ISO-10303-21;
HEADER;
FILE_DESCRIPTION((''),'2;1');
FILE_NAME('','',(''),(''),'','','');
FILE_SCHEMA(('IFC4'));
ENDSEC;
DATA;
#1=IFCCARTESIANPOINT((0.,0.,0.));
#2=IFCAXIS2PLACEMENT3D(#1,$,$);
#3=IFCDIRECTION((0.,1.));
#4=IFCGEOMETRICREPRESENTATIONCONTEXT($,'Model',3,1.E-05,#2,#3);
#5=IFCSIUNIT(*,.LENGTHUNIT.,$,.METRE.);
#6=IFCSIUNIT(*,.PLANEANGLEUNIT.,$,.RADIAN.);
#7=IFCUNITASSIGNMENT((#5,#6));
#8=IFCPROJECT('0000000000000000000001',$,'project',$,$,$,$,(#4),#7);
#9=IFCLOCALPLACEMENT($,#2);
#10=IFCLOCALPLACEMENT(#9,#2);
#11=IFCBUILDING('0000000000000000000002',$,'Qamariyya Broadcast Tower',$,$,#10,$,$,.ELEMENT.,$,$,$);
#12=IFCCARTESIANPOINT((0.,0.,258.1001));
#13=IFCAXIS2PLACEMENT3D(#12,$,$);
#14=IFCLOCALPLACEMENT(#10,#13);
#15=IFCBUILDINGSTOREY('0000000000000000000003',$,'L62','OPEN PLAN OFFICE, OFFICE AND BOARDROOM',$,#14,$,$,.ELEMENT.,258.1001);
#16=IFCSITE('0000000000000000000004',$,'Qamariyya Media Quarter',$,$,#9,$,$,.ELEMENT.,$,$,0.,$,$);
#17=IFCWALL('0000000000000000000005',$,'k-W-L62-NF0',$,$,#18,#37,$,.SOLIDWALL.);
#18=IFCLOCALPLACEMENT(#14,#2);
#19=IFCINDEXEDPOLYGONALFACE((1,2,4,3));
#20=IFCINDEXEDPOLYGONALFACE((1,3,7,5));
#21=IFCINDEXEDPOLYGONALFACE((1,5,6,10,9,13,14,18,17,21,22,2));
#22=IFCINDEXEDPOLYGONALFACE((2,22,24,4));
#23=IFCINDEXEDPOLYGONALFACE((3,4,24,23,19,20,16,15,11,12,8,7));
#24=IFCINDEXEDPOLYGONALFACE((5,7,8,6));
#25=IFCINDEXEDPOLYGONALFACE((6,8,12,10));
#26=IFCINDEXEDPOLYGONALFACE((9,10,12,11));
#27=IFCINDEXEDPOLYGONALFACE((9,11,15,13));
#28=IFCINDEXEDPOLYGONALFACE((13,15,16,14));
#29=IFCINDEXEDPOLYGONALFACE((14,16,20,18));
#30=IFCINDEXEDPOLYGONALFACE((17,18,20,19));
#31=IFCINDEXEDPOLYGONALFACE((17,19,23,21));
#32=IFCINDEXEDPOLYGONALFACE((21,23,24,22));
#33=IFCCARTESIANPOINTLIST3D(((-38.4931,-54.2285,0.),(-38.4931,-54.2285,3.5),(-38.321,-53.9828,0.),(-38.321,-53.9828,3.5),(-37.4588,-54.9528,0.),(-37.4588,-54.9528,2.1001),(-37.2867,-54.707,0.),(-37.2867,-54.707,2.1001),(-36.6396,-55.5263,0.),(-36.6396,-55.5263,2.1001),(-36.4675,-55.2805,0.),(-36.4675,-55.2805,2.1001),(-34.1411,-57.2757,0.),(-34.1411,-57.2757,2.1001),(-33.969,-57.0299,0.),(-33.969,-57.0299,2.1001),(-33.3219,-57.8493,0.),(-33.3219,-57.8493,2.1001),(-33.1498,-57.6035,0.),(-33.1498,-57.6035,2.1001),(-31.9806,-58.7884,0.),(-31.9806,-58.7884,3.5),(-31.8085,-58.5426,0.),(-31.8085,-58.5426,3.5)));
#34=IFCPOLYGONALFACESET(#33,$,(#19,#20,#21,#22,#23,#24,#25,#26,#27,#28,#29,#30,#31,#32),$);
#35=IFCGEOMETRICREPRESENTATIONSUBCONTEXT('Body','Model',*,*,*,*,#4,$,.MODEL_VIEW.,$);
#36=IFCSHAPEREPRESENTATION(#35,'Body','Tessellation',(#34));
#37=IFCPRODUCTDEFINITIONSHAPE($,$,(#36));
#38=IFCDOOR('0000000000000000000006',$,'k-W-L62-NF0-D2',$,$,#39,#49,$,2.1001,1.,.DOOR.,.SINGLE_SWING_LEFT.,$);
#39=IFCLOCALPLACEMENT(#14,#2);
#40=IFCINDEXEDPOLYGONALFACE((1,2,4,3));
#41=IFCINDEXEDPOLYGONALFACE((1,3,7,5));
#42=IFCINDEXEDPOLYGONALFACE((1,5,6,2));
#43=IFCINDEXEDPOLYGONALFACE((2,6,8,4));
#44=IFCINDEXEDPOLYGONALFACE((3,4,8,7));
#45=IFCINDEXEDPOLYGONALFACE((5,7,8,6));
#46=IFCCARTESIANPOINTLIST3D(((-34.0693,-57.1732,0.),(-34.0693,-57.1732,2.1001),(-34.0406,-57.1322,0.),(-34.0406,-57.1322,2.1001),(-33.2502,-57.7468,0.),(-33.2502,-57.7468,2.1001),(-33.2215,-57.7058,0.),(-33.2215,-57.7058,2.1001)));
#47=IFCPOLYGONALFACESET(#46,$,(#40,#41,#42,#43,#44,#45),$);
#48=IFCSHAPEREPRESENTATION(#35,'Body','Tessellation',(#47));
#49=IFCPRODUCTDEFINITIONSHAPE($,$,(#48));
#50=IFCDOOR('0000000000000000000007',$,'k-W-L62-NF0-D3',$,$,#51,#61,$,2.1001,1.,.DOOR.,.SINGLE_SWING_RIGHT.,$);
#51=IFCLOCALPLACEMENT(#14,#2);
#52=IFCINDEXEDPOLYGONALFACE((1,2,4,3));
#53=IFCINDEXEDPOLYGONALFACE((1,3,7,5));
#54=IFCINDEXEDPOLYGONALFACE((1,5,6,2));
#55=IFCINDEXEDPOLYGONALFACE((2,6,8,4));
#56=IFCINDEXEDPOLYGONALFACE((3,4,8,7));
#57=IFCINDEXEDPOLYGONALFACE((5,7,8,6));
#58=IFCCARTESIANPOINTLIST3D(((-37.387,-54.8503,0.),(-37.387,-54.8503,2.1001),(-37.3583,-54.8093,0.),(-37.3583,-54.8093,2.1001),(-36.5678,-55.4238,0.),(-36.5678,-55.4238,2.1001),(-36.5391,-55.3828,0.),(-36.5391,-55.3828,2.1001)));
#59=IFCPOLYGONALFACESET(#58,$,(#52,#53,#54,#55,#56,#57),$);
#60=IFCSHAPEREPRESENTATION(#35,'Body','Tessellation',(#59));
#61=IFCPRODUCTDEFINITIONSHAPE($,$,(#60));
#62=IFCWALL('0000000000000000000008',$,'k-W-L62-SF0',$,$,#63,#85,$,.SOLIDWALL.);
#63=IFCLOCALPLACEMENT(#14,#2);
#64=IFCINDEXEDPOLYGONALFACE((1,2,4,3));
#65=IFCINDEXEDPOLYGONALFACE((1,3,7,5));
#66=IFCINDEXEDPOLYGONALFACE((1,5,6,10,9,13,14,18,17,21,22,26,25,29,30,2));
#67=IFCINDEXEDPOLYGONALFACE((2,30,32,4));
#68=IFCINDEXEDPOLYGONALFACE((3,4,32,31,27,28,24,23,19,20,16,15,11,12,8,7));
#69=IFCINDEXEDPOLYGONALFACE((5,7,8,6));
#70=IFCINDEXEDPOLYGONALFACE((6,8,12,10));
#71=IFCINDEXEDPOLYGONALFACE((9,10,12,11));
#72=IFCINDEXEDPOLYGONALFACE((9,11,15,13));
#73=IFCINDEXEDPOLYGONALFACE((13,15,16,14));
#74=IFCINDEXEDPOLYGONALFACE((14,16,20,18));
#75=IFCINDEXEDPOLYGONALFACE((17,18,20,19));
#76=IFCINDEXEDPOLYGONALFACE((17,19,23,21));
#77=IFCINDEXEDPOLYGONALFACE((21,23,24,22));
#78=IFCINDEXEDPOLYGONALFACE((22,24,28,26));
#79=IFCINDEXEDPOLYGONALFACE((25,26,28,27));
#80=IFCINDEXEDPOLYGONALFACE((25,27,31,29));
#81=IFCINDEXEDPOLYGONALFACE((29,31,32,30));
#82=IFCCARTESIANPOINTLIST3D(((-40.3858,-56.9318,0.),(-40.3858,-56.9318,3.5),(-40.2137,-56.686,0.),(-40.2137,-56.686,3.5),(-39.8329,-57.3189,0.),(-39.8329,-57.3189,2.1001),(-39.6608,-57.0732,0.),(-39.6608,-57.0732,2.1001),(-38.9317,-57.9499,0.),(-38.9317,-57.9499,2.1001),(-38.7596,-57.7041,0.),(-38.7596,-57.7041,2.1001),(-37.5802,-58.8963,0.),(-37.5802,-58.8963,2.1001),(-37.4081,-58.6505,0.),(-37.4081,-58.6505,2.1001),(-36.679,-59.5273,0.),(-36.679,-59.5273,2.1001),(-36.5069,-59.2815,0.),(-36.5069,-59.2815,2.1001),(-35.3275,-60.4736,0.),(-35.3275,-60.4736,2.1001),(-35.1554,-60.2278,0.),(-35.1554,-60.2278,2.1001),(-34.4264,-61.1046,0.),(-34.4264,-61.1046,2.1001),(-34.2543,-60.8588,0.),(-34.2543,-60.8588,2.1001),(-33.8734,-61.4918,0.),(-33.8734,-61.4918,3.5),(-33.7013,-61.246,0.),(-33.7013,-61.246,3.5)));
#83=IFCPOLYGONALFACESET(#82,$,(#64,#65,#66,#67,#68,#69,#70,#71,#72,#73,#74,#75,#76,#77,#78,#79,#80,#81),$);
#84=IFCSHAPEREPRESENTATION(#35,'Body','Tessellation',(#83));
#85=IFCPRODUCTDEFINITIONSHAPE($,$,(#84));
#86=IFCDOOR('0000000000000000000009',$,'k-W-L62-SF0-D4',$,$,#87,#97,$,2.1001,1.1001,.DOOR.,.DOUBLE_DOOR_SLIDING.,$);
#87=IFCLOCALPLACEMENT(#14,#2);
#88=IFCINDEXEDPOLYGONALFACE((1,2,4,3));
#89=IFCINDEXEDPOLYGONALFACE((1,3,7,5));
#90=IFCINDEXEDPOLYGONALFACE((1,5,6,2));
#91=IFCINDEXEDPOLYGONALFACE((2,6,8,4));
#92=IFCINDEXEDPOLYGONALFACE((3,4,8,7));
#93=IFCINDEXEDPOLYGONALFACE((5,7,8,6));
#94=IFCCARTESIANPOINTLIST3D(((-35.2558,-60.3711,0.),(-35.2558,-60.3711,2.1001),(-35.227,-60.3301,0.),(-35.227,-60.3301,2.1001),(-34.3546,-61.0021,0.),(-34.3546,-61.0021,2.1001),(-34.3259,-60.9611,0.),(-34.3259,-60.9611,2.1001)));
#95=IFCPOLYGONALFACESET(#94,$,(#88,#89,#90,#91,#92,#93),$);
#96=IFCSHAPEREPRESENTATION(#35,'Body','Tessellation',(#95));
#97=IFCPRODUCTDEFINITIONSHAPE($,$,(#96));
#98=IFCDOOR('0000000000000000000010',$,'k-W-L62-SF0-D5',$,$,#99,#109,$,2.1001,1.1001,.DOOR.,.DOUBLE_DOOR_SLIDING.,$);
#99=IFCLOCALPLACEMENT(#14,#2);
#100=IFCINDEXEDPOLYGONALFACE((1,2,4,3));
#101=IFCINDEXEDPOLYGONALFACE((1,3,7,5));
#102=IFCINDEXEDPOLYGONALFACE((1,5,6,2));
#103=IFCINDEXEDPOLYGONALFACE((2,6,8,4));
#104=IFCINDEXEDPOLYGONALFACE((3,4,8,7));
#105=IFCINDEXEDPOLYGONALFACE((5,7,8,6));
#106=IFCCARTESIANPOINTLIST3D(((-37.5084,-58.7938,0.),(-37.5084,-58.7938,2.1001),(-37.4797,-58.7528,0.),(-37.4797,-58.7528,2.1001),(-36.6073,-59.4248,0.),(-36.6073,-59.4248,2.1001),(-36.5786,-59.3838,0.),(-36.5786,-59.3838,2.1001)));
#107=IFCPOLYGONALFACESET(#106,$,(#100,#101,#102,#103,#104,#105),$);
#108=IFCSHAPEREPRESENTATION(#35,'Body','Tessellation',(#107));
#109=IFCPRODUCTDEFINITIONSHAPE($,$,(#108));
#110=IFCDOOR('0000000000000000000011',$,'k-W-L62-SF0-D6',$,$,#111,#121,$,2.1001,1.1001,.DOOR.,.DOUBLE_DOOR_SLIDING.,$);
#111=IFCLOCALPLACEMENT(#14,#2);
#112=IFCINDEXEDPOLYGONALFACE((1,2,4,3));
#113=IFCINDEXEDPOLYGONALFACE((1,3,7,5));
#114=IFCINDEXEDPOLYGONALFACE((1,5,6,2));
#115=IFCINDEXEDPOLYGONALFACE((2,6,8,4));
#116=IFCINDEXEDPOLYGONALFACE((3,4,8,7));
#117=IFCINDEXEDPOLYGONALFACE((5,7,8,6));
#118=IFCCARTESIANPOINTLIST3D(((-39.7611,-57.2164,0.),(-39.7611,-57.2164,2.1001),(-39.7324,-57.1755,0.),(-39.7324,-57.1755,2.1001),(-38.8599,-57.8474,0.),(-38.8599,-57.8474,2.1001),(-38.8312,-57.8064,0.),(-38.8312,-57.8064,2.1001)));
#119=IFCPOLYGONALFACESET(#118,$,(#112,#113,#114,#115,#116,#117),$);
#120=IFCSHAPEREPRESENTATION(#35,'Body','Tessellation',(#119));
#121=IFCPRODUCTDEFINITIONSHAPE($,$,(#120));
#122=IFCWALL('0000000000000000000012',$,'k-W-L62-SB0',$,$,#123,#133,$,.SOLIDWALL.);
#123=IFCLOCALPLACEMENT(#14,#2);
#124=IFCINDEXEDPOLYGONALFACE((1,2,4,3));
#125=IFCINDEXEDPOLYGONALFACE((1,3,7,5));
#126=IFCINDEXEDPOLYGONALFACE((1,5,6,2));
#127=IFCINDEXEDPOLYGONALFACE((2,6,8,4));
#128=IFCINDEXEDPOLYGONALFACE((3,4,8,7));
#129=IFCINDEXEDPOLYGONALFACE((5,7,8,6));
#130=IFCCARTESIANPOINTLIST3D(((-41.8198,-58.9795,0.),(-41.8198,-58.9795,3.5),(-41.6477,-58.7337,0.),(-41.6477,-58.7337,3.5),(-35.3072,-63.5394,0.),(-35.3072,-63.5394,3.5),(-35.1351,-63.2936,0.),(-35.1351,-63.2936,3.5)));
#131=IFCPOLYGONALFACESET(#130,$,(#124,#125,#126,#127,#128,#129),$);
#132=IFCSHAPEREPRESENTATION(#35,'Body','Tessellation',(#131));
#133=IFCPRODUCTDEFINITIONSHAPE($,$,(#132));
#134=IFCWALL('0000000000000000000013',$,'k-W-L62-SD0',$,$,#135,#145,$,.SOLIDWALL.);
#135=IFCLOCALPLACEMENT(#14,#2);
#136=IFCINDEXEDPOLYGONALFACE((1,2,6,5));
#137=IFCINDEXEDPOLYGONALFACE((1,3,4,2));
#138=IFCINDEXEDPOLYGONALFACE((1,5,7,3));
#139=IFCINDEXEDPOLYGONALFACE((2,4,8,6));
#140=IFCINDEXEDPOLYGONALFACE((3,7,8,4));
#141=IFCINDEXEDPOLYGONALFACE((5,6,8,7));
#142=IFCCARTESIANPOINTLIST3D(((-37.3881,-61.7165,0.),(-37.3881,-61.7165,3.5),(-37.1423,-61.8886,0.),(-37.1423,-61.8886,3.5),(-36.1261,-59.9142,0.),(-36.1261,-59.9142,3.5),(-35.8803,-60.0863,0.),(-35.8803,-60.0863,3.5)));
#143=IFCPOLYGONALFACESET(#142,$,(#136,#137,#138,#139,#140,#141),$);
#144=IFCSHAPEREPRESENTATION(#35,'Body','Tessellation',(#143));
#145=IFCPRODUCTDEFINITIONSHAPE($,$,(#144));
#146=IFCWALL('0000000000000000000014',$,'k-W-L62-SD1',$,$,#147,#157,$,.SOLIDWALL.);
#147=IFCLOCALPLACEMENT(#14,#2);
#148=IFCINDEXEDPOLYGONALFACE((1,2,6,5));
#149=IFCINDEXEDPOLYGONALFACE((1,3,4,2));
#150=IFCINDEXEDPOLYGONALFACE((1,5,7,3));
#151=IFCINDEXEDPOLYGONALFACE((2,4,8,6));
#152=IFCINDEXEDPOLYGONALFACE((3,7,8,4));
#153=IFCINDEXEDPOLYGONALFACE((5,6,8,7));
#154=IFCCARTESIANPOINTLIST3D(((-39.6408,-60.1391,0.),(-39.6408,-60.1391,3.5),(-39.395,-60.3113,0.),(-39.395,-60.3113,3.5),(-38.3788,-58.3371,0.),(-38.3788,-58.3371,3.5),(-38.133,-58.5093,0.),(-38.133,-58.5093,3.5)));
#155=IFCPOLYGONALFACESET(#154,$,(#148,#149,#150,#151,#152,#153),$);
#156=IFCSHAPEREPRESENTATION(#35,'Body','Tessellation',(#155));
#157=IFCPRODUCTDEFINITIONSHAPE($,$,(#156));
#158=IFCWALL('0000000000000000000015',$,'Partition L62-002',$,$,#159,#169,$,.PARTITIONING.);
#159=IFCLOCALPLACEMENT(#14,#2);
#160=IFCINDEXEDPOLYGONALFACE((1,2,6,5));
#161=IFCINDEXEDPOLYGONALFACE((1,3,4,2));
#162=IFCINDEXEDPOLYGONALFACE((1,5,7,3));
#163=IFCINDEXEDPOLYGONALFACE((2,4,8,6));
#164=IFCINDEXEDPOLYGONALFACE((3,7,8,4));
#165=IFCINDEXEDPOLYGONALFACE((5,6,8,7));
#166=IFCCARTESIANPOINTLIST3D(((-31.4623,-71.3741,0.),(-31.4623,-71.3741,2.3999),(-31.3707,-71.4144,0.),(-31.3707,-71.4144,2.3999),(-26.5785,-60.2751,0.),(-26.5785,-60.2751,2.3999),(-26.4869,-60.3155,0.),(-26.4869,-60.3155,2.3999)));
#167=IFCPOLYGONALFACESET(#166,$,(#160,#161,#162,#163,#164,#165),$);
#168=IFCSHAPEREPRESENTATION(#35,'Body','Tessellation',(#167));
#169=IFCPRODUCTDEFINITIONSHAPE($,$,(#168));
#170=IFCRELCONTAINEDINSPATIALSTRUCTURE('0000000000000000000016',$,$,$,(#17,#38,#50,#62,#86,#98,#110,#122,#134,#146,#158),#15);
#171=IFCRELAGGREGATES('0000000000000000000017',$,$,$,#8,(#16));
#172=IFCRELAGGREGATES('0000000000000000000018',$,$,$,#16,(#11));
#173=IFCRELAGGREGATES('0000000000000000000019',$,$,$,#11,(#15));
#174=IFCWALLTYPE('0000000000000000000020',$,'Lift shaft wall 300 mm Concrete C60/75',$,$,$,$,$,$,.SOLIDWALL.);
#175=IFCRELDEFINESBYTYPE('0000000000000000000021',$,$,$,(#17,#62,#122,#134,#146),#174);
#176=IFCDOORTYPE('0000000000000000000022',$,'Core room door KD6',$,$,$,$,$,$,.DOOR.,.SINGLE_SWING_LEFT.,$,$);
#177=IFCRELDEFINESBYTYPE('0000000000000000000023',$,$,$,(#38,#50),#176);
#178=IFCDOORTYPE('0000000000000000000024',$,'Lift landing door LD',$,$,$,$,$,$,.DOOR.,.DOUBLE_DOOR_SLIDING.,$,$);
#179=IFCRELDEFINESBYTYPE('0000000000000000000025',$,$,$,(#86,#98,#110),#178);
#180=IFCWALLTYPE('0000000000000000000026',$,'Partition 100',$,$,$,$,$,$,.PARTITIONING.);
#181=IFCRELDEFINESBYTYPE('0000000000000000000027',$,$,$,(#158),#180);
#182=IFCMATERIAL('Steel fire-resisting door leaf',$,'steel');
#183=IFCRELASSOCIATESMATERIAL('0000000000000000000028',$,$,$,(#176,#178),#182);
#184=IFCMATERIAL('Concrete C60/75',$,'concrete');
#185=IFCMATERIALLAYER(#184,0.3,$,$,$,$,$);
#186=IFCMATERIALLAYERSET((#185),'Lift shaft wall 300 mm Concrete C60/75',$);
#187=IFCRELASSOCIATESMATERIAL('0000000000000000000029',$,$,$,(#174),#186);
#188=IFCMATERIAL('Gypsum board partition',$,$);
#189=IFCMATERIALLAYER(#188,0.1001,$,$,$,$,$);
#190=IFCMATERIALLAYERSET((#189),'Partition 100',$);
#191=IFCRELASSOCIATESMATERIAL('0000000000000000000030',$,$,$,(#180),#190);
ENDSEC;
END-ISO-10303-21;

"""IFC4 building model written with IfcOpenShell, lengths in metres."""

from ifc_helpers import new_model, si_unit, direction, frame, frame_2d, origin, place, context, subcontext, project, spatial, rectangle, extrude, material, layer, layer_set, type_object, element, fill, save


model = new_model("IFC4")

# Units and contexts
model_context = context("Model", 3, precision=1e-05, world=origin(), true_north=direction((0.0, 1.0)))
body_context = subcontext(model_context, "Body", "Model", "MODEL_VIEW")
ifc_project = project(units=[si_unit("LENGTHUNIT", "METRE"), si_unit("PLANEANGLEUNIT", "RADIAN")], contexts=[model_context])

# Site, building, storey
site_placement = place(None, origin())
site = spatial("IfcSite", under=ifc_project, at=site_placement, Name="Qamariyya Media Quarter", CompositionType="ELEMENT", RefElevation=0.0)
building_placement = place(site_placement, origin())
building = spatial("IfcBuilding", under=site, at=building_placement, Name="Qamariyya Broadcast Tower", CompositionType="ELEMENT")
storey_placement = place(building_placement, frame((0.0, 0.0, 258.1001)))
storey = spatial("IfcBuildingStorey", under=building, at=storey_placement, Name="L62", Description="OPEN PLAN OFFICE, OFFICE AND BOARDROOM", CompositionType="ELEMENT", Elevation=258.1001)

# Shared definitions
ifc_material_1 = material(Name="Concrete C60/75", Category="concrete")
ifc_material_2 = material(Name="Steel fire-resisting door leaf", Category="steel")

# Walls, openings, doors
door_type_1 = type_object("IfcDoorType", Name="Core room door KD6", OperationType="SINGLE_SWING_LEFT", PredefinedType="DOOR", material=ifc_material_2)
ifc_layer_1 = layer(ifc_material_1, 0.3)
ifc_layer_set_1 = layer_set([ifc_layer_1], Name="Lift shaft wall 300 mm Concrete C60/75")
wall_type_1 = type_object("IfcWallType", Name="Lift shaft wall 300 mm Concrete C60/75", PredefinedType="SOLIDWALL", material=ifc_layer_set_1)
wall_1_placement = place(storey_placement, frame((-31.8945, -58.6655, 0.0), z_axis=(0.0, 0.0, 1.0), x_axis=(-0.819167, 0.573555, 0.0)))
wall_1 = element("IfcWall", 1, at=wall_1_placement, inside=storey, type_object=wall_type_1, Name="k-W-L62-NF0", PredefinedType="SOLIDWALL", context=body_context, shape_type="SweptSolid", body=[
    extrude(rectangle(XDim=7.9502, YDim=0.3, at=frame_2d((3.9751, 0.0))), origin(), (0.0, 0.0, 1.0), 3.5),
])
opening_1_placement = place(wall_1_placement, frame((1.6375, 0.0, 0.0)))
opening_1 = element("IfcOpeningElement", 2, at=opening_1_placement, cuts=wall_1, PredefinedType="OPENING", context=body_context, shape_type="SweptSolid", body=[
    extrude(rectangle(XDim=1.0, YDim=2.1001, at=frame_2d((0.5, 1.05))), frame((0.0, 0.1599, 0.0), z_axis=(0.0, -1.0, 0.0), x_axis=(1.0, 0.0, 0.0)), (0.0, 0.0, 1.0), 0.3201),
])
opening_2_placement = place(wall_1_placement, frame((5.6875, 0.0, 0.0)))
opening_2 = element("IfcOpeningElement", 3, at=opening_2_placement, cuts=wall_1, PredefinedType="OPENING", context=body_context, shape_type="SweptSolid", body=[
    extrude(rectangle(XDim=1.0, YDim=2.1001, at=frame_2d((0.5, 1.05))), frame((0.0, 0.1599, 0.0), z_axis=(0.0, -1.0, 0.0), x_axis=(1.0, 0.0, 0.0)), (0.0, 0.0, 1.0), 0.3201),
])
door_1_placement = place(opening_1_placement, origin())
door_1 = element("IfcDoor", 4, at=door_1_placement, inside=storey, type_object=door_type_1, Name="k-W-L62-NF0-D2", OperationType="SINGLE_SWING_LEFT", OverallHeight=2.1001, OverallWidth=1.0, PredefinedType="DOOR", context=body_context, shape_type="SweptSolid", body=[
    extrude(rectangle(XDim=1.0, YDim=2.1001, at=frame_2d((0.5, 1.05))), frame((0.0, 0.0249, 0.0), z_axis=(0.0, -1.0, 0.0), x_axis=(1.0, 0.0, 0.0)), (0.0, 0.0, 1.0), 0.05),
])
fill(opening_1, door_1)
door_2_placement = place(opening_2_placement, origin())
door_2 = element("IfcDoor", 5, at=door_2_placement, inside=storey, type_object=door_type_1, Name="k-W-L62-NF0-D3", OperationType="SINGLE_SWING_RIGHT", OverallHeight=2.1001, OverallWidth=1.0, PredefinedType="DOOR", context=body_context, shape_type="SweptSolid", body=[
    extrude(rectangle(XDim=1.0, YDim=2.1001, at=frame_2d((0.5, 1.05))), frame((0.0, 0.0249, 0.0), z_axis=(0.0, -1.0, 0.0), x_axis=(1.0, 0.0, 0.0)), (0.0, 0.0, 1.0), 0.05),
])
fill(opening_2, door_2)
wall_2_placement = place(storey_placement, frame((-33.7874, -61.3689, 0.0), z_axis=(0.0, 0.0, 1.0), x_axis=(-0.819153, 0.573576, 0.0)))
wall_2 = element("IfcWall", 6, at=wall_2_placement, inside=storey, type_object=wall_type_1, Name="k-W-L62-SF0", PredefinedType="SOLIDWALL", context=body_context, shape_type="SweptSolid", body=[
    extrude(rectangle(XDim=7.9502, YDim=0.3, at=frame_2d((3.9751, 0.0))), origin(), (0.0, 0.0, 1.0), 3.5),
])
opening_3_placement = place(wall_2_placement, frame((0.675, 0.0, 0.0)))
opening_3 = element("IfcOpeningElement", 7, at=opening_3_placement, cuts=wall_2, PredefinedType="OPENING", context=body_context, shape_type="SweptSolid", body=[
    extrude(rectangle(XDim=1.1001, YDim=2.1001, at=frame_2d((0.55, 1.05))), frame((0.0, 0.1599, 0.0), z_axis=(0.0, -1.0, 0.0), x_axis=(1.0, 0.0, 0.0)), (0.0, 0.0, 1.0), 0.3201),
])
opening_4_placement = place(wall_2_placement, frame((3.425, 0.0, 0.0)))
opening_4 = element("IfcOpeningElement", 8, at=opening_4_placement, cuts=wall_2, PredefinedType="OPENING", context=body_context, shape_type="SweptSolid", body=[
    extrude(rectangle(XDim=1.1001, YDim=2.1001, at=frame_2d((0.55, 1.05))), frame((0.0, 0.1599, 0.0), z_axis=(0.0, -1.0, 0.0), x_axis=(1.0, 0.0, 0.0)), (0.0, 0.0, 1.0), 0.3201),
])
opening_5_placement = place(wall_2_placement, frame((6.175, 0.0, 0.0)))
opening_5 = element("IfcOpeningElement", 9, at=opening_5_placement, cuts=wall_2, PredefinedType="OPENING", context=body_context, shape_type="SweptSolid", body=[
    extrude(rectangle(XDim=1.1001, YDim=2.1001, at=frame_2d((0.55, 1.05))), frame((0.0, 0.1599, 0.0), z_axis=(0.0, -1.0, 0.0), x_axis=(1.0, 0.0, 0.0)), (0.0, 0.0, 1.0), 0.3201),
])
door_type_2 = type_object("IfcDoorType", Name="Lift landing door LD", OperationType="DOUBLE_DOOR_SLIDING", PredefinedType="DOOR", material=ifc_material_2)
door_3_placement = place(opening_3_placement, origin())
door_3 = element("IfcDoor", 10, at=door_3_placement, inside=storey, type_object=door_type_2, Name="k-W-L62-SF0-D4", OperationType="DOUBLE_DOOR_SLIDING", OverallHeight=2.1001, OverallWidth=1.1001, PredefinedType="DOOR", context=body_context, shape_type="SweptSolid", body=[
    extrude(rectangle(XDim=1.1001, YDim=2.1001, at=frame_2d((0.55, 1.05))), frame((0.0, 0.0249, 0.0), z_axis=(0.0, -1.0, 0.0), x_axis=(1.0, 0.0, 0.0)), (0.0, 0.0, 1.0), 0.05),
])
fill(opening_3, door_3)
door_4_placement = place(opening_4_placement, origin())
door_4 = element("IfcDoor", 11, at=door_4_placement, inside=storey, type_object=door_type_2, Name="k-W-L62-SF0-D5", OperationType="DOUBLE_DOOR_SLIDING", OverallHeight=2.1001, OverallWidth=1.1001, PredefinedType="DOOR", context=body_context, shape_type="SweptSolid", body=[
    extrude(rectangle(XDim=1.1001, YDim=2.1001, at=frame_2d((0.55, 1.05))), frame((0.0, 0.0249, 0.0), z_axis=(0.0, -1.0, 0.0), x_axis=(1.0, 0.0, 0.0)), (0.0, 0.0, 1.0), 0.05),
])
fill(opening_4, door_4)
door_5_placement = place(opening_5_placement, origin())
door_5 = element("IfcDoor", 12, at=door_5_placement, inside=storey, type_object=door_type_2, Name="k-W-L62-SF0-D6", OperationType="DOUBLE_DOOR_SLIDING", OverallHeight=2.1001, OverallWidth=1.1001, PredefinedType="DOOR", context=body_context, shape_type="SweptSolid", body=[
    extrude(rectangle(XDim=1.1001, YDim=2.1001, at=frame_2d((0.55, 1.05))), frame((0.0, 0.0249, 0.0), z_axis=(0.0, -1.0, 0.0), x_axis=(1.0, 0.0, 0.0)), (0.0, 0.0, 1.0), 0.05),
])
fill(opening_5, door_5)

# Walls
wall_3_placement = place(storey_placement, frame((-35.2212, -63.4165, 0.0), z_axis=(0.0, 0.0, 1.0), x_axis=(-0.819167, 0.573555, 0.0)))
element("IfcWall", 13, at=wall_3_placement, inside=storey, type_object=wall_type_1, Name="k-W-L62-SB0", PredefinedType="SOLIDWALL", context=body_context, shape_type="SweptSolid", body=[
    extrude(rectangle(XDim=7.9502, YDim=0.3, at=frame_2d((3.9751, 0.0))), origin(), (0.0, 0.0, 1.0), 3.5),
])
wall_4_placement = place(storey_placement, frame((-36.0032, -60.0002, 0.0), z_axis=(0.0, 0.0, 1.0), x_axis=(-0.573581, -0.819149, 0.0)))
element("IfcWall", 14, at=wall_4_placement, inside=storey, type_object=wall_type_1, Name="k-W-L62-SD0", PredefinedType="SOLIDWALL", context=body_context, shape_type="SweptSolid", body=[
    extrude(rectangle(XDim=2.2002, YDim=0.3, at=frame_2d((1.1001, 0.0))), origin(), (0.0, 0.0, 1.0), 3.5),
])
wall_5_placement = place(storey_placement, frame((-38.2559, -58.4231, 0.0), z_axis=(0.0, 0.0, 1.0), x_axis=(-0.573634, -0.819112, 0.0)))
element("IfcWall", 15, at=wall_5_placement, inside=storey, type_object=wall_type_1, Name="k-W-L62-SD1", PredefinedType="SOLIDWALL", context=body_context, shape_type="SweptSolid", body=[
    extrude(rectangle(XDim=2.2, YDim=0.3, at=frame_2d((1.1001, 0.0))), origin(), (0.0, 0.0, 1.0), 3.5),
])
ifc_material_3 = material(Name="Gypsum board partition")
ifc_layer_2 = layer(ifc_material_3, 0.1001)
ifc_layer_set_2 = layer_set([ifc_layer_2], Name="Partition 100")
wall_type_2 = type_object("IfcWallType", Name="Partition 100", PredefinedType="PARTITIONING", material=ifc_layer_set_2)
wall_6_placement = place(storey_placement, frame((-31.4165, -71.3943, 0.0), z_axis=(0.0, 0.0, 1.0), x_axis=(0.402758, 0.915306, 0.0)))
element("IfcWall", 16, at=wall_6_placement, inside=storey, type_object=wall_type_2, Name="Partition L62-002", PredefinedType="PARTITIONING", context=body_context, shape_type="SweptSolid", body=[
    extrude(rectangle(XDim=12.126, YDim=0.1001, at=frame_2d((6.063, 0.0))), origin(), (0.0, 0.0, 1.0), 2.3999),
])

save(model, "model.ifc")
